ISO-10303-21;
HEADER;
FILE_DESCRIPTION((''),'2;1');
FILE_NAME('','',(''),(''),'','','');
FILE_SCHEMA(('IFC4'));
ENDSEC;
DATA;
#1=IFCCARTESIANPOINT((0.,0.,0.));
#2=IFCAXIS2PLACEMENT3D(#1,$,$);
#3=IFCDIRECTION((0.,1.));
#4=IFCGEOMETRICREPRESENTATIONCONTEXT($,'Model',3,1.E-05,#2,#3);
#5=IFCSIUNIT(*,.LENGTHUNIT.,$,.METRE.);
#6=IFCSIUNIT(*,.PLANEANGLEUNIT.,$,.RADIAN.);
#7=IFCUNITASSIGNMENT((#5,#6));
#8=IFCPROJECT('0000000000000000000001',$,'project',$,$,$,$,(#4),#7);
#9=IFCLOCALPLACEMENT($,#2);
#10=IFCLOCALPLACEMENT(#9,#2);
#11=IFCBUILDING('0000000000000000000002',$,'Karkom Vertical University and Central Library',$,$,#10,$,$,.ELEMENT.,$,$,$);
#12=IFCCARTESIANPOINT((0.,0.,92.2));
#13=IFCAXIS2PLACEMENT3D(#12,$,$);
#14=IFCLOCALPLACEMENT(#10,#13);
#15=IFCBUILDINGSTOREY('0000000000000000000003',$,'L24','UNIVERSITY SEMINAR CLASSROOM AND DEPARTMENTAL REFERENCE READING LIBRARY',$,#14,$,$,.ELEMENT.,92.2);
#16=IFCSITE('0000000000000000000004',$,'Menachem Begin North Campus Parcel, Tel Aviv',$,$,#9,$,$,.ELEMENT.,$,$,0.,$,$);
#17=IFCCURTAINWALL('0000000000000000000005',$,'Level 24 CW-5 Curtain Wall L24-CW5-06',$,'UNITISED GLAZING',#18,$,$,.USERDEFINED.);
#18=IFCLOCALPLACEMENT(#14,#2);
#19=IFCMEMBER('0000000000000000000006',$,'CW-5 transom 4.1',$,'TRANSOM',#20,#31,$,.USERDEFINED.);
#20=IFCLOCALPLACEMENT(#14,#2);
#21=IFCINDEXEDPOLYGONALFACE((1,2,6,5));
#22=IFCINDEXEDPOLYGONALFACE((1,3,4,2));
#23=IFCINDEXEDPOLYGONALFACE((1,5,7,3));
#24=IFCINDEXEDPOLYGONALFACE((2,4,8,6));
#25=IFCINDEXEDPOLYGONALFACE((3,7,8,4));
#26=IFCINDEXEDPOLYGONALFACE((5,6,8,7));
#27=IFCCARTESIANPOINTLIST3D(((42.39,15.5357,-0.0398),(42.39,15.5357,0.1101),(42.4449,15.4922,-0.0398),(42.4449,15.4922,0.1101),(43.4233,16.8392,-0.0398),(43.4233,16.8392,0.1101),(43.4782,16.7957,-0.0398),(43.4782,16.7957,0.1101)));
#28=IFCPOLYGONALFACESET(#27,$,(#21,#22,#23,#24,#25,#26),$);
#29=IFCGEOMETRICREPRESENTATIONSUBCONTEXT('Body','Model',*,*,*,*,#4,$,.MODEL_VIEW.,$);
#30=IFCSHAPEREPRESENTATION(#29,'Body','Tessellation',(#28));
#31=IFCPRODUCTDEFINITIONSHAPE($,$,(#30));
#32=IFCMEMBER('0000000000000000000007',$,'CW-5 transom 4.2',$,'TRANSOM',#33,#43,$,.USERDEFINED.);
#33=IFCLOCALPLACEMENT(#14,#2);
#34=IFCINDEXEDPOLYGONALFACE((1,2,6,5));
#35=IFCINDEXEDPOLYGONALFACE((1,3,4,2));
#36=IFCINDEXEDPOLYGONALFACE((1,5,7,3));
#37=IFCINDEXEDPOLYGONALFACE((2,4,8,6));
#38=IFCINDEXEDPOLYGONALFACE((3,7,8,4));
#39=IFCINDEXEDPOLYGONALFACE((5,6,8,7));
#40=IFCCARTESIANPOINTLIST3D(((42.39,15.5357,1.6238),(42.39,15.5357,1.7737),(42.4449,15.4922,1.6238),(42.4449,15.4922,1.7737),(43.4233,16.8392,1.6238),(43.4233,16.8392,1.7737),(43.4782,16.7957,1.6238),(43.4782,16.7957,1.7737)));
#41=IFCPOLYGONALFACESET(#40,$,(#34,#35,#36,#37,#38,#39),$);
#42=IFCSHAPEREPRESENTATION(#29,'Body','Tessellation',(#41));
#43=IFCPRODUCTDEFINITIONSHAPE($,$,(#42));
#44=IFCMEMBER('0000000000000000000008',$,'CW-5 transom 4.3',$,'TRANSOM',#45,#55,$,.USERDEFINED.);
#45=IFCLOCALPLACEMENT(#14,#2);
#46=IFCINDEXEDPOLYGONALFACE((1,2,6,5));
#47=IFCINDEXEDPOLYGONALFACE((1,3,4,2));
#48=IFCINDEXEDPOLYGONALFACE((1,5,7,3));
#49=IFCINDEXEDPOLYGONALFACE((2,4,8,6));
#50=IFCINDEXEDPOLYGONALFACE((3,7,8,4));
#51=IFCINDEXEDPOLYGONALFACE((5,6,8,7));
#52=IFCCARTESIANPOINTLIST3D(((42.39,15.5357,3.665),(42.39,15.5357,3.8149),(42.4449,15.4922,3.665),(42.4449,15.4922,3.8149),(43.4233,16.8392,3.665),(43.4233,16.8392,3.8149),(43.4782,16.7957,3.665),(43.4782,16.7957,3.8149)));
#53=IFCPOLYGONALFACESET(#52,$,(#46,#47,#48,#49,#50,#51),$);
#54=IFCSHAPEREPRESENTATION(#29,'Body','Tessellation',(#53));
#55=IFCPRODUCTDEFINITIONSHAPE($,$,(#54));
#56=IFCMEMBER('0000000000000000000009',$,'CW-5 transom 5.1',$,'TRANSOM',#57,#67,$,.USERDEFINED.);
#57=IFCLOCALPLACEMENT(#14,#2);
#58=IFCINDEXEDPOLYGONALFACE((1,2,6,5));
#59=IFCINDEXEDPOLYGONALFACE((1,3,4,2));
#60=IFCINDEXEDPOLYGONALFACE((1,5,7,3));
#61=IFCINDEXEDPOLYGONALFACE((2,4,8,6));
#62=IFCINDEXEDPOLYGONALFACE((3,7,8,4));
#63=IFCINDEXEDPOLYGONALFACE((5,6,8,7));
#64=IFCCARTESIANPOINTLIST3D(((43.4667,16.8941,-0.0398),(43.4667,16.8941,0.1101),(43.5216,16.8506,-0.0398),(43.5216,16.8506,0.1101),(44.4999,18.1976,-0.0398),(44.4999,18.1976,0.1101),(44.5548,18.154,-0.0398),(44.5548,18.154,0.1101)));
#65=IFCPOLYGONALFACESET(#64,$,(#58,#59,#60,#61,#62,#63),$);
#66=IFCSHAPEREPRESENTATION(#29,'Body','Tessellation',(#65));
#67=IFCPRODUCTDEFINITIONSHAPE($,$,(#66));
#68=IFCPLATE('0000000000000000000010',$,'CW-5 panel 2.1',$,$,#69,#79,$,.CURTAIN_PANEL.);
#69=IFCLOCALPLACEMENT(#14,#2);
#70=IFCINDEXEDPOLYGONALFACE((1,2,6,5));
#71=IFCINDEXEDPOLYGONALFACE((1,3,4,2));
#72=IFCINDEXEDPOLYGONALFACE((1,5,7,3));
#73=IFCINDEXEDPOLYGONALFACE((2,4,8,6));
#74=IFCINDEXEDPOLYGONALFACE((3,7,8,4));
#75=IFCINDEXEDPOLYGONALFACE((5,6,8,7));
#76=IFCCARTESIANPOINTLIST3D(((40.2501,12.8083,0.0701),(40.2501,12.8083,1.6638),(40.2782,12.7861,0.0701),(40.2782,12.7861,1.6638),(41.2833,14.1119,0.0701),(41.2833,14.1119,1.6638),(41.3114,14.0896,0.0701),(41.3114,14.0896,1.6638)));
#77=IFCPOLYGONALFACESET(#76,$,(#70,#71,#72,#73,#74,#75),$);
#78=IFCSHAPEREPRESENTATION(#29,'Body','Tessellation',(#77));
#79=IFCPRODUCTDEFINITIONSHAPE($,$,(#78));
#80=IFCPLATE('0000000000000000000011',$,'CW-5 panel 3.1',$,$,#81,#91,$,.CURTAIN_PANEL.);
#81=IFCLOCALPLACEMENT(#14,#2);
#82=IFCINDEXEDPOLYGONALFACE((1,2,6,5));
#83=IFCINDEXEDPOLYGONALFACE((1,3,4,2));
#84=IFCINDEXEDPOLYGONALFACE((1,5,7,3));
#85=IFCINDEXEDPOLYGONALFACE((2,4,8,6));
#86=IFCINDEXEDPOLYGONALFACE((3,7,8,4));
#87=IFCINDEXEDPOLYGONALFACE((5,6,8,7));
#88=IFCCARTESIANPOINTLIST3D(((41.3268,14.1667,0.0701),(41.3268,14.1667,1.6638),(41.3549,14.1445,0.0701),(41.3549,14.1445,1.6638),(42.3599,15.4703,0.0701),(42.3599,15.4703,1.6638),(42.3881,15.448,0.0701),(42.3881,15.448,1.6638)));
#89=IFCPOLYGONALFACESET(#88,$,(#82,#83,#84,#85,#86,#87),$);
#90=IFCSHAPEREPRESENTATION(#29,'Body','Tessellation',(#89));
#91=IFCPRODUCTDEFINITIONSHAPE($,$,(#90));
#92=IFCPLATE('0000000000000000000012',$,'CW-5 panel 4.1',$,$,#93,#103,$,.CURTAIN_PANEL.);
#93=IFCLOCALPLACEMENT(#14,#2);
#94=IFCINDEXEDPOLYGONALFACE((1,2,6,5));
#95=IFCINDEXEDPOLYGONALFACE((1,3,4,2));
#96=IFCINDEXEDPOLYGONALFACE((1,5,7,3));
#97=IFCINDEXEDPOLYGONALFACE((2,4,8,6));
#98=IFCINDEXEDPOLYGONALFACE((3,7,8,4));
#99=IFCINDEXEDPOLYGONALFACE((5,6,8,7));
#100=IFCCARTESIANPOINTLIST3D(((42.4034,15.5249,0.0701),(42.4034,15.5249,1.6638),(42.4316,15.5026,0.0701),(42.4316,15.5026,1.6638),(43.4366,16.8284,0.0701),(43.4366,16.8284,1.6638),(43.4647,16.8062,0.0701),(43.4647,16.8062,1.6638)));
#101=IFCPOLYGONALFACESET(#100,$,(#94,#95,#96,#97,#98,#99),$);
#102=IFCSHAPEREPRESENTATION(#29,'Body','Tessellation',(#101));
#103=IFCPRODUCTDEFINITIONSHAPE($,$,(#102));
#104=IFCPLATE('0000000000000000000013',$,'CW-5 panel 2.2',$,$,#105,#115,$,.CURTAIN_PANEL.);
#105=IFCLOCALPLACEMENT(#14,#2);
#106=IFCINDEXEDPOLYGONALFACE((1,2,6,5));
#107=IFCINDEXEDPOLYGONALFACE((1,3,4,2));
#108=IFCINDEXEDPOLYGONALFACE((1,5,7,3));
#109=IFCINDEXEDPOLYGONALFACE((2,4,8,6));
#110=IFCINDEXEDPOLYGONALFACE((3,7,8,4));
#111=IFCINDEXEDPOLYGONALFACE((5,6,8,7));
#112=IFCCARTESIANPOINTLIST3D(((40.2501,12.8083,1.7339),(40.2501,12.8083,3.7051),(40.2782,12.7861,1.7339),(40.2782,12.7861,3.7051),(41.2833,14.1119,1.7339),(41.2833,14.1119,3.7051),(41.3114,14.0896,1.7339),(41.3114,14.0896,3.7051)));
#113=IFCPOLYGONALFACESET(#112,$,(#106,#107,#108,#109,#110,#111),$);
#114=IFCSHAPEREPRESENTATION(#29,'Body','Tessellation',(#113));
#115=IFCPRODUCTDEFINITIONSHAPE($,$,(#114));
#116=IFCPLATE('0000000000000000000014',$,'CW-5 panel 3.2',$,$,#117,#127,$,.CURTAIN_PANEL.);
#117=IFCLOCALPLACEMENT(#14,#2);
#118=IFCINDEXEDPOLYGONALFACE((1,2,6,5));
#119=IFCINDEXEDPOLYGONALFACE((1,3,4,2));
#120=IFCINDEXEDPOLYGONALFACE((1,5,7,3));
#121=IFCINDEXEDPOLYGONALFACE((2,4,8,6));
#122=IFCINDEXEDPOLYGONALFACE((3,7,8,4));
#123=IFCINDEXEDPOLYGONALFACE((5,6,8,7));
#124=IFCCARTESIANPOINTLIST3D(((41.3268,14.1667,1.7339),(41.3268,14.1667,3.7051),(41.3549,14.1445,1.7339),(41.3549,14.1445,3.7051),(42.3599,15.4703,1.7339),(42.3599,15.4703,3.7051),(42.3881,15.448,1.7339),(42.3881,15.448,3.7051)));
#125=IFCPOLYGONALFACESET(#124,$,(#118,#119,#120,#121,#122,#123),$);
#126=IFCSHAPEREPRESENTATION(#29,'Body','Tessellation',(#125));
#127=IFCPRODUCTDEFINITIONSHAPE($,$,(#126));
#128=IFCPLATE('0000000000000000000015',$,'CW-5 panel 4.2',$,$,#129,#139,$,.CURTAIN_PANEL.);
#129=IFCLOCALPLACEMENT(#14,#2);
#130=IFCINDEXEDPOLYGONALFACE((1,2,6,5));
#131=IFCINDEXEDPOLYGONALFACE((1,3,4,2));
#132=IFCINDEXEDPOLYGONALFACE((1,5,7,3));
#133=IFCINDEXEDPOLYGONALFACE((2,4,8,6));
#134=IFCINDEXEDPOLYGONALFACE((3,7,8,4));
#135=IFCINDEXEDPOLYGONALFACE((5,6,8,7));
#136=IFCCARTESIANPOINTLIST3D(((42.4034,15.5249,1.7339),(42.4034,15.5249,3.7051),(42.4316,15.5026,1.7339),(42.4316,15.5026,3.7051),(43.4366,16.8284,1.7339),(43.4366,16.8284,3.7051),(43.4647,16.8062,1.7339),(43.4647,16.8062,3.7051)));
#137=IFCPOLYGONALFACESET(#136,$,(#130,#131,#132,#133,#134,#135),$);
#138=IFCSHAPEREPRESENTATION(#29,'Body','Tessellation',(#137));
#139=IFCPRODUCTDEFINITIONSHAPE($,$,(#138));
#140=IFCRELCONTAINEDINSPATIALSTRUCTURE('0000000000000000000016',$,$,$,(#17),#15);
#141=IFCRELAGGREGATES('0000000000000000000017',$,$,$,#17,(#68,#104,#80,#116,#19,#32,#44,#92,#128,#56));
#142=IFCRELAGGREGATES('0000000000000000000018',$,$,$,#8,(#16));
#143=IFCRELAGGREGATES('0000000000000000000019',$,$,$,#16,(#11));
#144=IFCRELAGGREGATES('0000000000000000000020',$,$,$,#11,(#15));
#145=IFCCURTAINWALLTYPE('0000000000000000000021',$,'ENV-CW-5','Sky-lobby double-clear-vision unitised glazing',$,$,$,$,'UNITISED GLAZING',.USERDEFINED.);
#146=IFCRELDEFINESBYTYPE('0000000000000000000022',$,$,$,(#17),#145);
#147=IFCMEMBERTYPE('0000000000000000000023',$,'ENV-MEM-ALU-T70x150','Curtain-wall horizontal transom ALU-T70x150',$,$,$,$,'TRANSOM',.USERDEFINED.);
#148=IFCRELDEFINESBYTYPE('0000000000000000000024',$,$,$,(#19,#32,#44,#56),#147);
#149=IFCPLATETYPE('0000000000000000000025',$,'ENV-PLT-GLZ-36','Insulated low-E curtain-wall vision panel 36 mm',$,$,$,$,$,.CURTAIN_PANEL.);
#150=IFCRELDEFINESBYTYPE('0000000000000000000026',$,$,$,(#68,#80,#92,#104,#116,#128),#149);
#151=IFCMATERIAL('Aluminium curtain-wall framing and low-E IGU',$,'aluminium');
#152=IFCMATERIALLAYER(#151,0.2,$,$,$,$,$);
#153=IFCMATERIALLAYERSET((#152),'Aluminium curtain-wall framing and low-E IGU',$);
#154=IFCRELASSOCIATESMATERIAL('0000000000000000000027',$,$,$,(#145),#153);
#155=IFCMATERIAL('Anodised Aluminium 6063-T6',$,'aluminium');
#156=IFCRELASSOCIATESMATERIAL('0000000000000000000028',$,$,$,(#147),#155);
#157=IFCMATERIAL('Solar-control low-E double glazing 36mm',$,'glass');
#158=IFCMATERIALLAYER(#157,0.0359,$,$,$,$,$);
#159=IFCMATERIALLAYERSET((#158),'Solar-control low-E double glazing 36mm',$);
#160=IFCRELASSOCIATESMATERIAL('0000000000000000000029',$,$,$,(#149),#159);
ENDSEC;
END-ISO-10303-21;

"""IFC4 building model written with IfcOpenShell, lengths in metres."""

from ifc_helpers import new_model, si_unit, direction, frame, origin, origin_with_axes, origin_2d, place, context, subcontext, project, spatial, rectangle, extrude, source, transform, mapped, material, layer, layer_set, material_profile, profile_set, type_object, element, aggregate, save


model = new_model("IFC4")

# Units and contexts
model_context = context("Model", 3, precision=1e-05, world=origin(), true_north=direction((0.0, 1.0)))
body_context = subcontext(model_context, "Body", "Model", "MODEL_VIEW")
ifc_project = project(units=[si_unit("LENGTHUNIT", "METRE"), si_unit("PLANEANGLEUNIT", "RADIAN")], contexts=[model_context])

# Site, building, storey
site_placement = place(None, origin())
site = spatial("IfcSite", under=ifc_project, at=site_placement, Name="Menachem Begin North Campus Parcel, Tel Aviv", CompositionType="ELEMENT", RefElevation=0.0)
building_placement = place(site_placement, origin())
building = spatial("IfcBuilding", under=site, at=building_placement, Name="Karkom Vertical University and Central Library", CompositionType="ELEMENT")
storey_placement = place(building_placement, frame((0.0, 0.0, 92.2)))
storey = spatial("IfcBuildingStorey", under=building, at=storey_placement, Name="L24", Description="UNIVERSITY SEMINAR CLASSROOM AND DEPARTMENTAL REFERENCE READING LIBRARY", CompositionType="ELEMENT", Elevation=92.2)

# Curtain wall, members, plates
ifc_material_1 = material(Name="Aluminium curtain-wall framing and low-E IGU", Category="aluminium")
ifc_layer_1 = layer(ifc_material_1, 0.2)
ifc_layer_set_1 = layer_set([ifc_layer_1], Name="Aluminium curtain-wall framing and low-E IGU")
curtain_wall_type = type_object("IfcCurtainWallType", Name="ENV-CW-5", Description="Sky-lobby double-clear-vision unitised glazing", ElementType="UNITISED GLAZING", PredefinedType="USERDEFINED", material=ifc_layer_set_1)
curtain_wall_placement = place(storey_placement, origin())
curtain_wall = element("IfcCurtainWall", 1, at=curtain_wall_placement, inside=storey, type_object=curtain_wall_type, Name="Level 24 CW-5 Curtain Wall L24-CW5-06", ObjectType="UNITISED GLAZING", PredefinedType="USERDEFINED")
ifc_material_2 = material(Name="Anodised Aluminium 6063-T6", Category="aluminium")
ifc_material_profile_1 = material_profile(ifc_material_2, rectangle(XDim=0.0701, YDim=0.1499, at=origin_2d()), Name="ALU-T70x150")
ifc_profile_set_1 = profile_set([ifc_material_profile_1], Name="Anodised Aluminium 6063-T6")
member_type_1 = type_object("IfcMemberType", Name="ENV-MEM-ALU-T70x150", Description="Curtain-wall horizontal transom ALU-T70x150", ElementType="TRANSOM", PredefinedType="USERDEFINED", material=ifc_profile_set_1)
shared_shape_1 = source(origin_with_axes(), body_context, "Body", "SweptSolid", [
    extrude(rectangle(XDim=0.0701, YDim=0.1499, at=origin_2d()), origin(), (0.0, 0.0, 1.0), 1.6633),
])
member_1_placement = place(storey_placement, frame((42.4175, 15.5139, 0.0352), z_axis=(0.62118, 0.783668, 0.0), x_axis=(-0.783668, 0.62118, 0.0)))
member_1 = element("IfcMember", 2, at=member_1_placement, type_object=member_type_1, Name="CW-5 transom 4.1", ObjectType="TRANSOM", PredefinedType="USERDEFINED", context=body_context, shape_type="MappedRepresentation", body=[
    mapped(shared_shape_1, transform((0.0, 0.0, 0.0), scale=1.0)),
])
member_2_placement = place(storey_placement, frame((42.4175, 15.5139, 1.6987), z_axis=(0.62118, 0.783668, 0.0), x_axis=(-0.783668, 0.62118, 0.0)))
member_2 = element("IfcMember", 3, at=member_2_placement, type_object=member_type_1, Name="CW-5 transom 4.2", ObjectType="TRANSOM", PredefinedType="USERDEFINED", context=body_context, shape_type="MappedRepresentation", body=[
    mapped(shared_shape_1, transform((0.0, 0.0, 0.0), scale=1.0)),
])
member_3_placement = place(storey_placement, frame((42.4175, 15.5139, 3.74), z_axis=(0.62118, 0.783668, 0.0), x_axis=(-0.783668, 0.62118, 0.0)))
member_3 = element("IfcMember", 4, at=member_3_placement, type_object=member_type_1, Name="CW-5 transom 4.3", ObjectType="TRANSOM", PredefinedType="USERDEFINED", context=body_context, shape_type="MappedRepresentation", body=[
    mapped(shared_shape_1, transform((0.0, 0.0, 0.0), scale=1.0)),
])
member_4_placement = place(storey_placement, frame((43.4941, 16.8723, 0.0352), z_axis=(0.62118, 0.783668, 0.0), x_axis=(-0.783668, 0.62118, 0.0)))
member_4 = element("IfcMember", 5, at=member_4_placement, type_object=member_type_1, Name="CW-5 transom 5.1", ObjectType="TRANSOM", PredefinedType="USERDEFINED", context=body_context, shape_type="MappedRepresentation", body=[
    mapped(shared_shape_1, transform((0.0, 0.0, 0.0), scale=1.0)),
])
ifc_material_3 = material(Name="Solar-control low-E double glazing 36mm", Category="glass")
ifc_layer_2 = layer(ifc_material_3, 0.0359)
ifc_layer_set_2 = layer_set([ifc_layer_2], Name="Solar-control low-E double glazing 36mm")
plate_type = type_object("IfcPlateType", Name="ENV-PLT-GLZ-36", Description="Insulated low-E curtain-wall vision panel 36 mm", PredefinedType="CURTAIN_PANEL", material=ifc_layer_set_2)
shared_shape_2 = source(origin_with_axes(), body_context, "Body", "SweptSolid", [
    extrude(rectangle(XDim=1.6633, YDim=0.0359, at=origin_2d()), origin(), (0.0, 0.0, 1.0), 1.5938),
])
plate_1_placement = place(storey_placement, frame((40.7808, 13.449, 0.0701), z_axis=(0.0, 0.0, 1.0), x_axis=(0.621145, 0.783696, 0.0)))
plate_1 = element("IfcPlate", 6, at=plate_1_placement, type_object=plate_type, Name="CW-5 panel 2.1", PredefinedType="CURTAIN_PANEL", context=body_context, shape_type="MappedRepresentation", body=[
    mapped(shared_shape_2, transform((0.0, 0.0, 0.0), scale=1.0)),
])
plate_2_placement = place(storey_placement, frame((41.8574, 14.8074, 0.0701), z_axis=(0.0, 0.0, 1.0), x_axis=(0.621145, 0.783696, 0.0)))
plate_2 = element("IfcPlate", 7, at=plate_2_placement, type_object=plate_type, Name="CW-5 panel 3.1", PredefinedType="CURTAIN_PANEL", context=body_context, shape_type="MappedRepresentation", body=[
    mapped(shared_shape_2, transform((0.0, 0.0, 0.0), scale=1.0)),
])
plate_3_placement = place(storey_placement, frame((42.9341, 16.1655, 0.0701), z_axis=(0.0, 0.0, 1.0), x_axis=(0.621145, 0.783696, 0.0)))
plate_3 = element("IfcPlate", 8, at=plate_3_placement, type_object=plate_type, Name="CW-5 panel 4.1", PredefinedType="CURTAIN_PANEL", context=body_context, shape_type="MappedRepresentation", body=[
    mapped(shared_shape_2, transform((0.0, 0.0, 0.0), scale=1.0)),
])
shared_shape_3 = source(origin_with_axes(), body_context, "Body", "SweptSolid", [
    extrude(rectangle(XDim=1.6633, YDim=0.0359, at=origin_2d()), origin(), (0.0, 0.0, 1.0), 1.9712),
])
plate_4_placement = place(storey_placement, frame((40.7808, 13.449, 1.7339), z_axis=(0.0, 0.0, 1.0), x_axis=(0.621145, 0.783696, 0.0)))
plate_4 = element("IfcPlate", 9, at=plate_4_placement, type_object=plate_type, Name="CW-5 panel 2.2", PredefinedType="CURTAIN_PANEL", context=body_context, shape_type="MappedRepresentation", body=[
    mapped(shared_shape_3, transform((0.0, 0.0, 0.0), scale=1.0)),
])
plate_5_placement = place(storey_placement, frame((41.8574, 14.8074, 1.7339), z_axis=(0.0, 0.0, 1.0), x_axis=(0.621145, 0.783696, 0.0)))
plate_5 = element("IfcPlate", 10, at=plate_5_placement, type_object=plate_type, Name="CW-5 panel 3.2", PredefinedType="CURTAIN_PANEL", context=body_context, shape_type="MappedRepresentation", body=[
    mapped(shared_shape_3, transform((0.0, 0.0, 0.0), scale=1.0)),
])
plate_6_placement = place(storey_placement, frame((42.9341, 16.1655, 1.7339), z_axis=(0.0, 0.0, 1.0), x_axis=(0.621145, 0.783696, 0.0)))
plate_6 = element("IfcPlate", 11, at=plate_6_placement, type_object=plate_type, Name="CW-5 panel 4.2", PredefinedType="CURTAIN_PANEL", context=body_context, shape_type="MappedRepresentation", body=[
    mapped(shared_shape_3, transform((0.0, 0.0, 0.0), scale=1.0)),
])
aggregate(curtain_wall, [plate_1, plate_4, plate_2, plate_5, member_1, member_2, member_3, plate_3, plate_6, member_4])

save(model, "model.ifc")
